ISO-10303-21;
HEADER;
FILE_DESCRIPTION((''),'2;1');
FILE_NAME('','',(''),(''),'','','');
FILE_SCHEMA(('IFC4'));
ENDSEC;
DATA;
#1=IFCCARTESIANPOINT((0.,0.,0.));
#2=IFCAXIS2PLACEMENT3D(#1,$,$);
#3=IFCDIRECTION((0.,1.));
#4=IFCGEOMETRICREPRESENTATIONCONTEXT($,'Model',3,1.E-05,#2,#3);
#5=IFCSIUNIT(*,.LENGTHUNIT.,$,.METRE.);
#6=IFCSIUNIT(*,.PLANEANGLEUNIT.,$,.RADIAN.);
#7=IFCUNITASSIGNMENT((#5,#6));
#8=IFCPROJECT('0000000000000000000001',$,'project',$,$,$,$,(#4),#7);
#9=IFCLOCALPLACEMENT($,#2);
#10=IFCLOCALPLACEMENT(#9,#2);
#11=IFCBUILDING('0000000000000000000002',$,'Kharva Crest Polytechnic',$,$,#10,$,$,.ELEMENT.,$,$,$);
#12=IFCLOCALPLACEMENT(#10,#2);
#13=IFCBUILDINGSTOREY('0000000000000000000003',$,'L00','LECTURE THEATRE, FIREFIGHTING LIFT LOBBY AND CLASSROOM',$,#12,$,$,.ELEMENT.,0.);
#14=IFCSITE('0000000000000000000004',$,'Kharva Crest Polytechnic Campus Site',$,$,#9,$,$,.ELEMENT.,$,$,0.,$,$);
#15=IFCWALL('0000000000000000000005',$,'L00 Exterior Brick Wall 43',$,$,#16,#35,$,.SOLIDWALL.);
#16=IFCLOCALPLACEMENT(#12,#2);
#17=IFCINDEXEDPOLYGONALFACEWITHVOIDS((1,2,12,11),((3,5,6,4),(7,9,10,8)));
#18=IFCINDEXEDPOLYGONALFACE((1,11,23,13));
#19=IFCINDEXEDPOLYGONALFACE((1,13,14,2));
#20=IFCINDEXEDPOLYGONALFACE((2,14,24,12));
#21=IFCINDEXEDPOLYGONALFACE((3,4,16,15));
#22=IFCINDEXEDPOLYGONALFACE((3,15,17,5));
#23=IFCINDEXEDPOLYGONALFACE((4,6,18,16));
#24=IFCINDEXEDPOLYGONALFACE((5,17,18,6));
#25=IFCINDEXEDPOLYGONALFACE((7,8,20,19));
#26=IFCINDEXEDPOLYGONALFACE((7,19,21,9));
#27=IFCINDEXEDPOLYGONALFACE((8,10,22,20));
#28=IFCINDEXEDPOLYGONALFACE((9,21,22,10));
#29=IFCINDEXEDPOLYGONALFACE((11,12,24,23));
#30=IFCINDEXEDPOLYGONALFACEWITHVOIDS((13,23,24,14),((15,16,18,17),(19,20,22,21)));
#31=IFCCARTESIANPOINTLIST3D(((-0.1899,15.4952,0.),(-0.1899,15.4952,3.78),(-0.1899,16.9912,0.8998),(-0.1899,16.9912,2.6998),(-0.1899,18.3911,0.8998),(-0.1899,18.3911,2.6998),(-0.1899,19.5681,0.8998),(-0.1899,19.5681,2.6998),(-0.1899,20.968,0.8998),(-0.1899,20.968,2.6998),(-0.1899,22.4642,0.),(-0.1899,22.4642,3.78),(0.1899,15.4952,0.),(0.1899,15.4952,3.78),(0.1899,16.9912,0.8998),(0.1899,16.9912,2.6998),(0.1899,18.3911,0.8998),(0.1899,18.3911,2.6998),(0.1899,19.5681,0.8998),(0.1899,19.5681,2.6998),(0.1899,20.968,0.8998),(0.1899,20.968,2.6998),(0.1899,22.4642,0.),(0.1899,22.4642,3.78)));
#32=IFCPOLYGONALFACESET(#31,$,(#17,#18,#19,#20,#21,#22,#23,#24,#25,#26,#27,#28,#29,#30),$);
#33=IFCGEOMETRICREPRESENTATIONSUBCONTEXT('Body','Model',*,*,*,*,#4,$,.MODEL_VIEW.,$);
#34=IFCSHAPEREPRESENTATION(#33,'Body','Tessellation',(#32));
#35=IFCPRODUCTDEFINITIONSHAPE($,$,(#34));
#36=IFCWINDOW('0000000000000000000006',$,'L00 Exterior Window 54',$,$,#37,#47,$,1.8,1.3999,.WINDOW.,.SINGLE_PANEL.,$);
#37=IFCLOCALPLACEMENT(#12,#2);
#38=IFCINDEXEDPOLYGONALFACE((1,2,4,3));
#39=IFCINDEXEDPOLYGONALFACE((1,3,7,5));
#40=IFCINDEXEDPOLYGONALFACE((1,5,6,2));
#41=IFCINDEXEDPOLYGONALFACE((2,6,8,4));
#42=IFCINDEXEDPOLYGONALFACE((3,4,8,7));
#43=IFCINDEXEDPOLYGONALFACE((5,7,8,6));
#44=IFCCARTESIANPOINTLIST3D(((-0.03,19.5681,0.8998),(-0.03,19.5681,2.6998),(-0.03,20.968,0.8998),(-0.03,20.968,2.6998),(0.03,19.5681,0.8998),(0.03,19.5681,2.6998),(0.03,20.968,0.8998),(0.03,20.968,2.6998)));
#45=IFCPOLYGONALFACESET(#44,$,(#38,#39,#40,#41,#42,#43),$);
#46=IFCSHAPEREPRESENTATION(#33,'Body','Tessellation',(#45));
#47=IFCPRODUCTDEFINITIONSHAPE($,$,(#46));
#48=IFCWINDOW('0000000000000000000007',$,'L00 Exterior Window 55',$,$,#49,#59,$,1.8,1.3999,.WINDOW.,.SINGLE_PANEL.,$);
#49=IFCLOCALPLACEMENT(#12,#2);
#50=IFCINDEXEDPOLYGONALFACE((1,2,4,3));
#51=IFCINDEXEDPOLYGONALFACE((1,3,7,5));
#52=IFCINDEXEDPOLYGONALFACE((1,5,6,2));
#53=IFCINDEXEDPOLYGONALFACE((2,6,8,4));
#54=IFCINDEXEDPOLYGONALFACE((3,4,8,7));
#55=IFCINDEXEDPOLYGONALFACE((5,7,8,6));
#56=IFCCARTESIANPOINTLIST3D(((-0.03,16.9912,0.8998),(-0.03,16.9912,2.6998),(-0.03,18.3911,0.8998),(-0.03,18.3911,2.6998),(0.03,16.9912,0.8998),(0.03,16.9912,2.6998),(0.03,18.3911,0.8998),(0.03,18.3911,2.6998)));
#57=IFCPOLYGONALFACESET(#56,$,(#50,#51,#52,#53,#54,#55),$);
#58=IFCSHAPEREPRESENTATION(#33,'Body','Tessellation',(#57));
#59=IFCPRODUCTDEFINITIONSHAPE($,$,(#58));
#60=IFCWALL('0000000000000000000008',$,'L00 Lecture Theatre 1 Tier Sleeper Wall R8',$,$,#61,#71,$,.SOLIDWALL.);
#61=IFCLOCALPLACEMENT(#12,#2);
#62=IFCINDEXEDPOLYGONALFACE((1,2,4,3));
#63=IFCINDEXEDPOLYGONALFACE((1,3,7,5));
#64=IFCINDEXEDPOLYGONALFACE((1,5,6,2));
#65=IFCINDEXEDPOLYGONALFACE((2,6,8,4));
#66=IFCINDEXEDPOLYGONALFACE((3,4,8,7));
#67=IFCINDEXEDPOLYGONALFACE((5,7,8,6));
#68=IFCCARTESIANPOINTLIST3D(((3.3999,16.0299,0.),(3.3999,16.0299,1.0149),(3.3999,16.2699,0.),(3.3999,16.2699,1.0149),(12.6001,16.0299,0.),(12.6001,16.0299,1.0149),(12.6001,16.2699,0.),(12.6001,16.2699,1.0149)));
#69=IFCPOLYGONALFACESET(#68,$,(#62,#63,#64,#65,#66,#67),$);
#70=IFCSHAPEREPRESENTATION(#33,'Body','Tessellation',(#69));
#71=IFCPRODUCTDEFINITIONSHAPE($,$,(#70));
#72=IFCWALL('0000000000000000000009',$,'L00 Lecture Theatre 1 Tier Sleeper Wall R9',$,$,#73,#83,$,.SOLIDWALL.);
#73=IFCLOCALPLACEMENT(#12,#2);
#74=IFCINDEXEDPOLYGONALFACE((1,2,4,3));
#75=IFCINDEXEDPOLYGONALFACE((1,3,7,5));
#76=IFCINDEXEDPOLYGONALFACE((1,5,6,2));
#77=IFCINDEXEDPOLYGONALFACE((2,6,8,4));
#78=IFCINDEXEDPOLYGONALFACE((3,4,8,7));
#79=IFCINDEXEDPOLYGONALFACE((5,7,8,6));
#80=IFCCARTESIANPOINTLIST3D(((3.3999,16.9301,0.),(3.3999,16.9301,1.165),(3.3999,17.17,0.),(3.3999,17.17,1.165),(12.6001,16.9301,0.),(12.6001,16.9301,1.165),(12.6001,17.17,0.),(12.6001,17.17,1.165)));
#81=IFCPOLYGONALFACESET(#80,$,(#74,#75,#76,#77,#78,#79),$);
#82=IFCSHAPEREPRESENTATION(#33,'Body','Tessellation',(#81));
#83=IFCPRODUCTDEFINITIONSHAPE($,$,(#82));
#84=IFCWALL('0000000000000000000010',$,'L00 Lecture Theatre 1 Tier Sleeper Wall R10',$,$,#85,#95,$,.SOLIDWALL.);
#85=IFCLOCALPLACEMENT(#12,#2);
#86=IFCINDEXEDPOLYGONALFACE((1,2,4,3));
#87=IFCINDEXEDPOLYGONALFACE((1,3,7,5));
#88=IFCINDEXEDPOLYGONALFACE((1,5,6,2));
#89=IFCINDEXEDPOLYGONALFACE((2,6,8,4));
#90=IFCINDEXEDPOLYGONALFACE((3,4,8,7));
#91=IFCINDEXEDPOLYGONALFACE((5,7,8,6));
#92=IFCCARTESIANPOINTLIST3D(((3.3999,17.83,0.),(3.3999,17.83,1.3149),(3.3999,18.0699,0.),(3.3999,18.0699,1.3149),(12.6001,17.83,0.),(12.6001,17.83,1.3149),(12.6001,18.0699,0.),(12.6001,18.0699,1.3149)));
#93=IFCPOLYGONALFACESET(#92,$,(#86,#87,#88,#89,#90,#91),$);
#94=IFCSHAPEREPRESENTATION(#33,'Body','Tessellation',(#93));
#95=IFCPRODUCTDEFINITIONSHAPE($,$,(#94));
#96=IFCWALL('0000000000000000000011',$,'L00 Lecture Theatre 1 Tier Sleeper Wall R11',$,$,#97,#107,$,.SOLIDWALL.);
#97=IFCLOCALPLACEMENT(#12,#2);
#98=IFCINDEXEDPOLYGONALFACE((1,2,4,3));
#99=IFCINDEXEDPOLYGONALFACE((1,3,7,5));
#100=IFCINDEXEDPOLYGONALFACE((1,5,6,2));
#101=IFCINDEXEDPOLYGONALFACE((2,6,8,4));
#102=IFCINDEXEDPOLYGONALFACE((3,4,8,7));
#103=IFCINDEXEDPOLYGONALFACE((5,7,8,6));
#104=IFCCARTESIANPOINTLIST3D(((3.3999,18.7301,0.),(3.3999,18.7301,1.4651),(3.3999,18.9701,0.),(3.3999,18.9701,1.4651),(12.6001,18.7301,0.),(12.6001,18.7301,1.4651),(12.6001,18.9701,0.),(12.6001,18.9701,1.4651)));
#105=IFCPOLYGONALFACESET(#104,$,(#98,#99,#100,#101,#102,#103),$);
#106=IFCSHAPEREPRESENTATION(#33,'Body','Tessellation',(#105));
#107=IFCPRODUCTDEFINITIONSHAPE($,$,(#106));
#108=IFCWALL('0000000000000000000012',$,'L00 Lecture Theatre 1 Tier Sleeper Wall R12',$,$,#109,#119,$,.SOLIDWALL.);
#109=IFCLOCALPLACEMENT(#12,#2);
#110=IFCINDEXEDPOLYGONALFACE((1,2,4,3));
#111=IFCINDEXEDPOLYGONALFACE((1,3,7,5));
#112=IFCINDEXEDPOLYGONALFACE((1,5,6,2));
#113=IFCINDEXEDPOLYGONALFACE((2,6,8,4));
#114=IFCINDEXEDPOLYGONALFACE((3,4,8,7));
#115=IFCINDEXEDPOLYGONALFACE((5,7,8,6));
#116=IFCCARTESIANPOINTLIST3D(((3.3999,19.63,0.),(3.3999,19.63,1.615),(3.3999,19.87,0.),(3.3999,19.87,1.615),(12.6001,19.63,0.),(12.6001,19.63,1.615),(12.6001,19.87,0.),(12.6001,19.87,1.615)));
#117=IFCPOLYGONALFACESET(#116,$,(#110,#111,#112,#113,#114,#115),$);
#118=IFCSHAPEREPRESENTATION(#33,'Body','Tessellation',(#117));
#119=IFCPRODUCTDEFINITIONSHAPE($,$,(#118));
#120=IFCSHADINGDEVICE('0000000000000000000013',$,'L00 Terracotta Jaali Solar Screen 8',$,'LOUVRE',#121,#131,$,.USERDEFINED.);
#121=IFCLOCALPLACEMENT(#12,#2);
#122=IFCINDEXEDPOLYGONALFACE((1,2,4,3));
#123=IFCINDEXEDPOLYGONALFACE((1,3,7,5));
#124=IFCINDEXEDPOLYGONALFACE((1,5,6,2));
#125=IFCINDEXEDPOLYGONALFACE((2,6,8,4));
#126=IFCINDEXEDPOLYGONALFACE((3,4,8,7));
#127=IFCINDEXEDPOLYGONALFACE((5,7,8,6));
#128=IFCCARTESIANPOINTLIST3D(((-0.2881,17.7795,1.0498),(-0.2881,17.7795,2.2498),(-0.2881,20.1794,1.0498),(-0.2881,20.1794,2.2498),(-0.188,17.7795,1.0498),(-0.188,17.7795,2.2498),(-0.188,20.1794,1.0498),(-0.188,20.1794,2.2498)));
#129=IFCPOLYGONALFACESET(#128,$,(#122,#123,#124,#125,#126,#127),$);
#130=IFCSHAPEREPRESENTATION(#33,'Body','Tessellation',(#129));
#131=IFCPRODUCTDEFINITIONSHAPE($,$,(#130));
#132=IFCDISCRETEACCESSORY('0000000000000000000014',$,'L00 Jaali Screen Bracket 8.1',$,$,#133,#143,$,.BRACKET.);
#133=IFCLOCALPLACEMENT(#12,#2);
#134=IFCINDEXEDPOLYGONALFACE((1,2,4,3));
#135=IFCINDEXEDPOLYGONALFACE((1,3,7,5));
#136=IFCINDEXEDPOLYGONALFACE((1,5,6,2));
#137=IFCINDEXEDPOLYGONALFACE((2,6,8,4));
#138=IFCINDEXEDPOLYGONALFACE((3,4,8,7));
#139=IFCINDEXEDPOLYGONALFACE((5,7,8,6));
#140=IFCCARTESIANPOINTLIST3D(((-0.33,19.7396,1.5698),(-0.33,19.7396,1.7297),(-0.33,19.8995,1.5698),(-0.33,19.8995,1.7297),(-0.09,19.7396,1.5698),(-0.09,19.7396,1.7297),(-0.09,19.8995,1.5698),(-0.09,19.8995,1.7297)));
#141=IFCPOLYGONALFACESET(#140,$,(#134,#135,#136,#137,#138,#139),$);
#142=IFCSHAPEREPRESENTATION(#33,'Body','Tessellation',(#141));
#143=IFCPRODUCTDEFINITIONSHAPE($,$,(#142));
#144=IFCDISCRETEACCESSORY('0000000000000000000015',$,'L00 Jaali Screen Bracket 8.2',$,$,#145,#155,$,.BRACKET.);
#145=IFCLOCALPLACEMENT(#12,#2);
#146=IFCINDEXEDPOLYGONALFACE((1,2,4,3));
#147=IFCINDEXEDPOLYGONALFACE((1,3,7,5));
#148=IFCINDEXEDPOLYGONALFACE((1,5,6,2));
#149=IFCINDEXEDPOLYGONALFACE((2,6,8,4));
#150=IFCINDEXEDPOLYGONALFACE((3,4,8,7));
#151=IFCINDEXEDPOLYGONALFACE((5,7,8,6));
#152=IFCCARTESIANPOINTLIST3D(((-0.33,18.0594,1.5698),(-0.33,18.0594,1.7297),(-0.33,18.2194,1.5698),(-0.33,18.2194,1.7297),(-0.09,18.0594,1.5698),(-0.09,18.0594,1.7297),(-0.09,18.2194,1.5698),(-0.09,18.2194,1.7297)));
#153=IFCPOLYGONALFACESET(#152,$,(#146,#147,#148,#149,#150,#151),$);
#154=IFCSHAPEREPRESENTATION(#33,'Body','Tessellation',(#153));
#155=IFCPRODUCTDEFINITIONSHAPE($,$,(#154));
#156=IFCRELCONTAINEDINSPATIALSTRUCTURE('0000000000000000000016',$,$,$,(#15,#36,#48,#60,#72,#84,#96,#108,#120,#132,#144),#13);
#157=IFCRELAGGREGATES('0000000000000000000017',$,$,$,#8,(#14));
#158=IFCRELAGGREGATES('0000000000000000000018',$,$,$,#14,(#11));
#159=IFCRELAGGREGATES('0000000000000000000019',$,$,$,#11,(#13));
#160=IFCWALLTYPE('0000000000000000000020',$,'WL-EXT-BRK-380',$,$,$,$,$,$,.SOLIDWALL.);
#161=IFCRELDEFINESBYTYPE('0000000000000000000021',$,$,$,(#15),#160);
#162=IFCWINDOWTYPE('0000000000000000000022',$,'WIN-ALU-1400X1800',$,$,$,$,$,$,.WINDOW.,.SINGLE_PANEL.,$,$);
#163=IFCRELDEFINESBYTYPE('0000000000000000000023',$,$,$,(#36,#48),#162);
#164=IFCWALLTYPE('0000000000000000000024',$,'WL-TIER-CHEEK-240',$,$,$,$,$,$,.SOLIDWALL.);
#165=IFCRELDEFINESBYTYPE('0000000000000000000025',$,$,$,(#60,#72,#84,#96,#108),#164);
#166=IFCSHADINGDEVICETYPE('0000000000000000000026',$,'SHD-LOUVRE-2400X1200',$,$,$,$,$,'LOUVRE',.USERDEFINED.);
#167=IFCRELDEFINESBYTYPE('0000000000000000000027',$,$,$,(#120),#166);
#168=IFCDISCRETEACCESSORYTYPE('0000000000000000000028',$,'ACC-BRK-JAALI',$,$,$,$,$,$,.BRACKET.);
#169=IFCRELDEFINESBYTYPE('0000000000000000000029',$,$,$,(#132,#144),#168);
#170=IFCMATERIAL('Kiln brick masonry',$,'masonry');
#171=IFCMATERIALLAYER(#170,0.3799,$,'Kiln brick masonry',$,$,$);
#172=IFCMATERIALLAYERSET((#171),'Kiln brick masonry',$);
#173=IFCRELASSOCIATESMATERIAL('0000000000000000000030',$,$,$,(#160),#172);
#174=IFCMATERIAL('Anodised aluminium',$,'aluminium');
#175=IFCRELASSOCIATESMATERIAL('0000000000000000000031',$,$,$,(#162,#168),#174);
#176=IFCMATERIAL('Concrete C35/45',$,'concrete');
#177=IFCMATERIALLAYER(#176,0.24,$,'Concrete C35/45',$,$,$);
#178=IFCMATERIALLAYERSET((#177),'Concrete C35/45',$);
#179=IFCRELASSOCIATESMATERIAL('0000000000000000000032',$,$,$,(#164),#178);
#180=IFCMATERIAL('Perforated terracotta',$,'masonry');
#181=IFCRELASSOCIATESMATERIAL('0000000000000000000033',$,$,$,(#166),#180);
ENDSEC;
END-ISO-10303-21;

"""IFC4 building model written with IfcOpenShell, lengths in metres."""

from ifc_helpers import new_model, si_unit, direction, frame, frame_2d, origin, origin_2d, place, context, subcontext, project, spatial, rectangle, extrude, material, layer, layer_set, type_object, element, fill, save


model = new_model("IFC4")

# Units and contexts
model_context = context("Model", 3, precision=1e-05, world=origin(), true_north=direction((0.0, 1.0)))
body_context = subcontext(model_context, "Body", "Model", "MODEL_VIEW")
ifc_project = project(units=[si_unit("LENGTHUNIT", "METRE"), si_unit("PLANEANGLEUNIT", "RADIAN")], contexts=[model_context])

# Site, building, storey
site_placement = place(None, origin())
site = spatial("IfcSite", under=ifc_project, at=site_placement, Name="Kharva Crest Polytechnic Campus Site", CompositionType="ELEMENT", RefElevation=0.0)
building_placement = place(site_placement, origin())
building = spatial("IfcBuilding", under=site, at=building_placement, Name="Kharva Crest Polytechnic", CompositionType="ELEMENT")
storey_placement = place(building_placement, origin())
storey = spatial("IfcBuildingStorey", under=building, at=storey_placement, Name="L00", Description="LECTURE THEATRE, FIREFIGHTING LIFT LOBBY AND CLASSROOM", CompositionType="ELEMENT", Elevation=0.0)

# Shared definitions
ifc_material_1 = material(Name="Concrete C35/45", Category="concrete")

# Wall, openings, windows
ifc_material_2 = material(Name="Kiln brick masonry", Category="masonry")
ifc_layer_1 = layer(ifc_material_2, 0.3799, Name="Kiln brick masonry")
ifc_layer_set_1 = layer_set([ifc_layer_1], Name="Kiln brick masonry")
wall_type_1 = type_object("IfcWallType", Name="WL-EXT-BRK-380", PredefinedType="SOLIDWALL", material=ifc_layer_set_1)
wall_1_placement = place(storey_placement, frame((0.0, 22.4641, 0.0), z_axis=(0.0, 0.0, 1.0), x_axis=(0.0, -1.0, 0.0)))
wall_1 = element("IfcWall", 1, at=wall_1_placement, inside=storey, type_object=wall_type_1, Name="L00 Exterior Brick Wall 43", PredefinedType="SOLIDWALL", context=body_context, shape_type="SweptSolid", body=[
    extrude(rectangle(XDim=6.969, YDim=0.3799, at=frame_2d((3.4844, 0.0))), origin(), (0.0, 0.0, 1.0), 3.78),
])
opening_1_placement = place(wall_1_placement, frame((1.4961, 0.0, 0.8999)))
opening_1 = element("IfcOpeningElement", 2, at=opening_1_placement, cuts=wall_1, PredefinedType="OPENING", context=body_context, shape_type="SweptSolid", body=[
    extrude(rectangle(XDim=1.3999, YDim=1.8, at=frame_2d((0.7, 0.8999))), frame((0.0, 0.2, 0.0), z_axis=(0.0, -1.0, 0.0), x_axis=(1.0, 0.0, 0.0)), (0.0, 0.0, 1.0), 0.3999),
])
opening_2_placement = place(wall_1_placement, frame((4.073, 0.0, 0.8999)))
opening_2 = element("IfcOpeningElement", 3, at=opening_2_placement, cuts=wall_1, PredefinedType="OPENING", context=body_context, shape_type="SweptSolid", body=[
    extrude(rectangle(XDim=1.3999, YDim=1.8, at=frame_2d((0.7, 0.8999))), frame((0.0, 0.2, 0.0), z_axis=(0.0, -1.0, 0.0), x_axis=(1.0, 0.0, 0.0)), (0.0, 0.0, 1.0), 0.3999),
])
ifc_material_3 = material(Name="Anodised aluminium", Category="aluminium")
window_type = type_object("IfcWindowType", Name="WIN-ALU-1400X1800", PartitioningType="SINGLE_PANEL", PredefinedType="WINDOW", material=ifc_material_3)
window_1_placement = place(opening_1_placement, origin())
window_1 = element("IfcWindow", 4, at=window_1_placement, inside=storey, type_object=window_type, Name="L00 Exterior Window 54", OverallHeight=1.8, OverallWidth=1.3999, PartitioningType="SINGLE_PANEL", PredefinedType="WINDOW", context=body_context, shape_type="SweptSolid", body=[
    extrude(rectangle(XDim=1.3999, YDim=1.8, at=frame_2d((0.7, 0.8999))), frame((0.0, 0.03, 0.0), z_axis=(0.0, -1.0, 0.0), x_axis=(1.0, 0.0, 0.0)), (0.0, 0.0, 1.0), 0.0601),
])
fill(opening_1, window_1)
window_2_placement = place(opening_2_placement, origin())
window_2 = element("IfcWindow", 5, at=window_2_placement, inside=storey, type_object=window_type, Name="L00 Exterior Window 55", OverallHeight=1.8, OverallWidth=1.3999, PartitioningType="SINGLE_PANEL", PredefinedType="WINDOW", context=body_context, shape_type="SweptSolid", body=[
    extrude(rectangle(XDim=1.3999, YDim=1.8, at=frame_2d((0.7, 0.8999))), frame((0.0, 0.03, 0.0), z_axis=(0.0, -1.0, 0.0), x_axis=(1.0, 0.0, 0.0)), (0.0, 0.0, 1.0), 0.0601),
])
fill(opening_2, window_2)

# Walls
ifc_layer_2 = layer(ifc_material_1, 0.24, Name="Concrete C35/45")
ifc_layer_set_2 = layer_set([ifc_layer_2], Name="Concrete C35/45")
wall_type_2 = type_object("IfcWallType", Name="WL-TIER-CHEEK-240", PredefinedType="SOLIDWALL", material=ifc_layer_set_2)
wall_2_placement = place(storey_placement, frame((3.3999, 16.1499, 0.0), z_axis=(0.0, 0.0, 1.0), x_axis=(1.0, 0.0, 0.0)))
element("IfcWall", 6, at=wall_2_placement, inside=storey, type_object=wall_type_2, Name="L00 Lecture Theatre 1 Tier Sleeper Wall R8", PredefinedType="SOLIDWALL", context=body_context, shape_type="SweptSolid", body=[
    extrude(rectangle(XDim=9.2002, YDim=0.24, at=frame_2d((4.6001, 0.0))), origin(), (0.0, 0.0, 1.0), 1.0149),
])
wall_3_placement = place(storey_placement, frame((3.3999, 17.05, 0.0), z_axis=(0.0, 0.0, 1.0), x_axis=(1.0, 0.0, 0.0)))
element("IfcWall", 7, at=wall_3_placement, inside=storey, type_object=wall_type_2, Name="L00 Lecture Theatre 1 Tier Sleeper Wall R9", PredefinedType="SOLIDWALL", context=body_context, shape_type="SweptSolid", body=[
    extrude(rectangle(XDim=9.2002, YDim=0.24, at=frame_2d((4.6001, 0.0))), origin(), (0.0, 0.0, 1.0), 1.165),
])
wall_4_placement = place(storey_placement, frame((3.3999, 17.95, 0.0), z_axis=(0.0, 0.0, 1.0), x_axis=(1.0, 0.0, 0.0)))
element("IfcWall", 8, at=wall_4_placement, inside=storey, type_object=wall_type_2, Name="L00 Lecture Theatre 1 Tier Sleeper Wall R10", PredefinedType="SOLIDWALL", context=body_context, shape_type="SweptSolid", body=[
    extrude(rectangle(XDim=9.2002, YDim=0.24, at=frame_2d((4.6001, 0.0))), origin(), (0.0, 0.0, 1.0), 1.3149),
])
wall_5_placement = place(storey_placement, frame((3.3999, 18.8501, 0.0), z_axis=(0.0, 0.0, 1.0), x_axis=(1.0, 0.0, 0.0)))
element("IfcWall", 9, at=wall_5_placement, inside=storey, type_object=wall_type_2, Name="L00 Lecture Theatre 1 Tier Sleeper Wall R11", PredefinedType="SOLIDWALL", context=body_context, shape_type="SweptSolid", body=[
    extrude(rectangle(XDim=9.2002, YDim=0.24, at=frame_2d((4.6001, 0.0))), origin(), (0.0, 0.0, 1.0), 1.4651),
])
wall_6_placement = place(storey_placement, frame((3.3999, 19.75, 0.0), z_axis=(0.0, 0.0, 1.0), x_axis=(1.0, 0.0, 0.0)))
element("IfcWall", 10, at=wall_6_placement, inside=storey, type_object=wall_type_2, Name="L00 Lecture Theatre 1 Tier Sleeper Wall R12", PredefinedType="SOLIDWALL", context=body_context, shape_type="SweptSolid", body=[
    extrude(rectangle(XDim=9.2002, YDim=0.24, at=frame_2d((4.6001, 0.0))), origin(), (0.0, 0.0, 1.0), 1.615),
])

# Shading device
ifc_material_4 = material(Name="Perforated terracotta", Category="masonry")
shading_device_type = type_object("IfcShadingDeviceType", Name="SHD-LOUVRE-2400X1200", ElementType="LOUVRE", PredefinedType="USERDEFINED", material=ifc_material_4)
shading_device_placement = place(storey_placement, frame((-0.238, 18.9795, 1.0498), z_axis=(0.0, 0.0, 1.0), x_axis=(0.0, 1.0, 0.0)))
element("IfcShadingDevice", 11, at=shading_device_placement, inside=storey, type_object=shading_device_type, Name="L00 Terracotta Jaali Solar Screen 8", ObjectType="LOUVRE", PredefinedType="USERDEFINED", context=body_context, shape_type="SweptSolid", body=[
    extrude(rectangle(XDim=2.3999, YDim=0.1001, at=origin_2d()), origin(), (0.0, 0.0, 1.0), 1.2),
])

# Discrete accessories
discrete_accessory_type = type_object("IfcDiscreteAccessoryType", Name="ACC-BRK-JAALI", PredefinedType="BRACKET", material=ifc_material_3)
for number, where, z_axis, x_axis, name in (
    (12, (-0.21, 19.8196, 1.5698), (0.0, 0.0, 1.0), (0.0, 1.0, 0.0), "L00 Jaali Screen Bracket 8.1"),
    (13, (-0.21, 18.1394, 1.5698), (0.0, 0.0, 1.0), (0.0, 1.0, 0.0), "L00 Jaali Screen Bracket 8.2"),
):
    element("IfcDiscreteAccessory", number, at=place(storey_placement, frame(where, z_axis=z_axis, x_axis=x_axis)), inside=storey, type_object=discrete_accessory_type, Name=name, PredefinedType="BRACKET", context=body_context, shape_type="SweptSolid", body=[
        extrude(rectangle(XDim=0.1599, YDim=0.24, at=origin_2d()), origin(), (0.0, 0.0, 1.0), 0.1599),
    ])

save(model, "model.ifc")
